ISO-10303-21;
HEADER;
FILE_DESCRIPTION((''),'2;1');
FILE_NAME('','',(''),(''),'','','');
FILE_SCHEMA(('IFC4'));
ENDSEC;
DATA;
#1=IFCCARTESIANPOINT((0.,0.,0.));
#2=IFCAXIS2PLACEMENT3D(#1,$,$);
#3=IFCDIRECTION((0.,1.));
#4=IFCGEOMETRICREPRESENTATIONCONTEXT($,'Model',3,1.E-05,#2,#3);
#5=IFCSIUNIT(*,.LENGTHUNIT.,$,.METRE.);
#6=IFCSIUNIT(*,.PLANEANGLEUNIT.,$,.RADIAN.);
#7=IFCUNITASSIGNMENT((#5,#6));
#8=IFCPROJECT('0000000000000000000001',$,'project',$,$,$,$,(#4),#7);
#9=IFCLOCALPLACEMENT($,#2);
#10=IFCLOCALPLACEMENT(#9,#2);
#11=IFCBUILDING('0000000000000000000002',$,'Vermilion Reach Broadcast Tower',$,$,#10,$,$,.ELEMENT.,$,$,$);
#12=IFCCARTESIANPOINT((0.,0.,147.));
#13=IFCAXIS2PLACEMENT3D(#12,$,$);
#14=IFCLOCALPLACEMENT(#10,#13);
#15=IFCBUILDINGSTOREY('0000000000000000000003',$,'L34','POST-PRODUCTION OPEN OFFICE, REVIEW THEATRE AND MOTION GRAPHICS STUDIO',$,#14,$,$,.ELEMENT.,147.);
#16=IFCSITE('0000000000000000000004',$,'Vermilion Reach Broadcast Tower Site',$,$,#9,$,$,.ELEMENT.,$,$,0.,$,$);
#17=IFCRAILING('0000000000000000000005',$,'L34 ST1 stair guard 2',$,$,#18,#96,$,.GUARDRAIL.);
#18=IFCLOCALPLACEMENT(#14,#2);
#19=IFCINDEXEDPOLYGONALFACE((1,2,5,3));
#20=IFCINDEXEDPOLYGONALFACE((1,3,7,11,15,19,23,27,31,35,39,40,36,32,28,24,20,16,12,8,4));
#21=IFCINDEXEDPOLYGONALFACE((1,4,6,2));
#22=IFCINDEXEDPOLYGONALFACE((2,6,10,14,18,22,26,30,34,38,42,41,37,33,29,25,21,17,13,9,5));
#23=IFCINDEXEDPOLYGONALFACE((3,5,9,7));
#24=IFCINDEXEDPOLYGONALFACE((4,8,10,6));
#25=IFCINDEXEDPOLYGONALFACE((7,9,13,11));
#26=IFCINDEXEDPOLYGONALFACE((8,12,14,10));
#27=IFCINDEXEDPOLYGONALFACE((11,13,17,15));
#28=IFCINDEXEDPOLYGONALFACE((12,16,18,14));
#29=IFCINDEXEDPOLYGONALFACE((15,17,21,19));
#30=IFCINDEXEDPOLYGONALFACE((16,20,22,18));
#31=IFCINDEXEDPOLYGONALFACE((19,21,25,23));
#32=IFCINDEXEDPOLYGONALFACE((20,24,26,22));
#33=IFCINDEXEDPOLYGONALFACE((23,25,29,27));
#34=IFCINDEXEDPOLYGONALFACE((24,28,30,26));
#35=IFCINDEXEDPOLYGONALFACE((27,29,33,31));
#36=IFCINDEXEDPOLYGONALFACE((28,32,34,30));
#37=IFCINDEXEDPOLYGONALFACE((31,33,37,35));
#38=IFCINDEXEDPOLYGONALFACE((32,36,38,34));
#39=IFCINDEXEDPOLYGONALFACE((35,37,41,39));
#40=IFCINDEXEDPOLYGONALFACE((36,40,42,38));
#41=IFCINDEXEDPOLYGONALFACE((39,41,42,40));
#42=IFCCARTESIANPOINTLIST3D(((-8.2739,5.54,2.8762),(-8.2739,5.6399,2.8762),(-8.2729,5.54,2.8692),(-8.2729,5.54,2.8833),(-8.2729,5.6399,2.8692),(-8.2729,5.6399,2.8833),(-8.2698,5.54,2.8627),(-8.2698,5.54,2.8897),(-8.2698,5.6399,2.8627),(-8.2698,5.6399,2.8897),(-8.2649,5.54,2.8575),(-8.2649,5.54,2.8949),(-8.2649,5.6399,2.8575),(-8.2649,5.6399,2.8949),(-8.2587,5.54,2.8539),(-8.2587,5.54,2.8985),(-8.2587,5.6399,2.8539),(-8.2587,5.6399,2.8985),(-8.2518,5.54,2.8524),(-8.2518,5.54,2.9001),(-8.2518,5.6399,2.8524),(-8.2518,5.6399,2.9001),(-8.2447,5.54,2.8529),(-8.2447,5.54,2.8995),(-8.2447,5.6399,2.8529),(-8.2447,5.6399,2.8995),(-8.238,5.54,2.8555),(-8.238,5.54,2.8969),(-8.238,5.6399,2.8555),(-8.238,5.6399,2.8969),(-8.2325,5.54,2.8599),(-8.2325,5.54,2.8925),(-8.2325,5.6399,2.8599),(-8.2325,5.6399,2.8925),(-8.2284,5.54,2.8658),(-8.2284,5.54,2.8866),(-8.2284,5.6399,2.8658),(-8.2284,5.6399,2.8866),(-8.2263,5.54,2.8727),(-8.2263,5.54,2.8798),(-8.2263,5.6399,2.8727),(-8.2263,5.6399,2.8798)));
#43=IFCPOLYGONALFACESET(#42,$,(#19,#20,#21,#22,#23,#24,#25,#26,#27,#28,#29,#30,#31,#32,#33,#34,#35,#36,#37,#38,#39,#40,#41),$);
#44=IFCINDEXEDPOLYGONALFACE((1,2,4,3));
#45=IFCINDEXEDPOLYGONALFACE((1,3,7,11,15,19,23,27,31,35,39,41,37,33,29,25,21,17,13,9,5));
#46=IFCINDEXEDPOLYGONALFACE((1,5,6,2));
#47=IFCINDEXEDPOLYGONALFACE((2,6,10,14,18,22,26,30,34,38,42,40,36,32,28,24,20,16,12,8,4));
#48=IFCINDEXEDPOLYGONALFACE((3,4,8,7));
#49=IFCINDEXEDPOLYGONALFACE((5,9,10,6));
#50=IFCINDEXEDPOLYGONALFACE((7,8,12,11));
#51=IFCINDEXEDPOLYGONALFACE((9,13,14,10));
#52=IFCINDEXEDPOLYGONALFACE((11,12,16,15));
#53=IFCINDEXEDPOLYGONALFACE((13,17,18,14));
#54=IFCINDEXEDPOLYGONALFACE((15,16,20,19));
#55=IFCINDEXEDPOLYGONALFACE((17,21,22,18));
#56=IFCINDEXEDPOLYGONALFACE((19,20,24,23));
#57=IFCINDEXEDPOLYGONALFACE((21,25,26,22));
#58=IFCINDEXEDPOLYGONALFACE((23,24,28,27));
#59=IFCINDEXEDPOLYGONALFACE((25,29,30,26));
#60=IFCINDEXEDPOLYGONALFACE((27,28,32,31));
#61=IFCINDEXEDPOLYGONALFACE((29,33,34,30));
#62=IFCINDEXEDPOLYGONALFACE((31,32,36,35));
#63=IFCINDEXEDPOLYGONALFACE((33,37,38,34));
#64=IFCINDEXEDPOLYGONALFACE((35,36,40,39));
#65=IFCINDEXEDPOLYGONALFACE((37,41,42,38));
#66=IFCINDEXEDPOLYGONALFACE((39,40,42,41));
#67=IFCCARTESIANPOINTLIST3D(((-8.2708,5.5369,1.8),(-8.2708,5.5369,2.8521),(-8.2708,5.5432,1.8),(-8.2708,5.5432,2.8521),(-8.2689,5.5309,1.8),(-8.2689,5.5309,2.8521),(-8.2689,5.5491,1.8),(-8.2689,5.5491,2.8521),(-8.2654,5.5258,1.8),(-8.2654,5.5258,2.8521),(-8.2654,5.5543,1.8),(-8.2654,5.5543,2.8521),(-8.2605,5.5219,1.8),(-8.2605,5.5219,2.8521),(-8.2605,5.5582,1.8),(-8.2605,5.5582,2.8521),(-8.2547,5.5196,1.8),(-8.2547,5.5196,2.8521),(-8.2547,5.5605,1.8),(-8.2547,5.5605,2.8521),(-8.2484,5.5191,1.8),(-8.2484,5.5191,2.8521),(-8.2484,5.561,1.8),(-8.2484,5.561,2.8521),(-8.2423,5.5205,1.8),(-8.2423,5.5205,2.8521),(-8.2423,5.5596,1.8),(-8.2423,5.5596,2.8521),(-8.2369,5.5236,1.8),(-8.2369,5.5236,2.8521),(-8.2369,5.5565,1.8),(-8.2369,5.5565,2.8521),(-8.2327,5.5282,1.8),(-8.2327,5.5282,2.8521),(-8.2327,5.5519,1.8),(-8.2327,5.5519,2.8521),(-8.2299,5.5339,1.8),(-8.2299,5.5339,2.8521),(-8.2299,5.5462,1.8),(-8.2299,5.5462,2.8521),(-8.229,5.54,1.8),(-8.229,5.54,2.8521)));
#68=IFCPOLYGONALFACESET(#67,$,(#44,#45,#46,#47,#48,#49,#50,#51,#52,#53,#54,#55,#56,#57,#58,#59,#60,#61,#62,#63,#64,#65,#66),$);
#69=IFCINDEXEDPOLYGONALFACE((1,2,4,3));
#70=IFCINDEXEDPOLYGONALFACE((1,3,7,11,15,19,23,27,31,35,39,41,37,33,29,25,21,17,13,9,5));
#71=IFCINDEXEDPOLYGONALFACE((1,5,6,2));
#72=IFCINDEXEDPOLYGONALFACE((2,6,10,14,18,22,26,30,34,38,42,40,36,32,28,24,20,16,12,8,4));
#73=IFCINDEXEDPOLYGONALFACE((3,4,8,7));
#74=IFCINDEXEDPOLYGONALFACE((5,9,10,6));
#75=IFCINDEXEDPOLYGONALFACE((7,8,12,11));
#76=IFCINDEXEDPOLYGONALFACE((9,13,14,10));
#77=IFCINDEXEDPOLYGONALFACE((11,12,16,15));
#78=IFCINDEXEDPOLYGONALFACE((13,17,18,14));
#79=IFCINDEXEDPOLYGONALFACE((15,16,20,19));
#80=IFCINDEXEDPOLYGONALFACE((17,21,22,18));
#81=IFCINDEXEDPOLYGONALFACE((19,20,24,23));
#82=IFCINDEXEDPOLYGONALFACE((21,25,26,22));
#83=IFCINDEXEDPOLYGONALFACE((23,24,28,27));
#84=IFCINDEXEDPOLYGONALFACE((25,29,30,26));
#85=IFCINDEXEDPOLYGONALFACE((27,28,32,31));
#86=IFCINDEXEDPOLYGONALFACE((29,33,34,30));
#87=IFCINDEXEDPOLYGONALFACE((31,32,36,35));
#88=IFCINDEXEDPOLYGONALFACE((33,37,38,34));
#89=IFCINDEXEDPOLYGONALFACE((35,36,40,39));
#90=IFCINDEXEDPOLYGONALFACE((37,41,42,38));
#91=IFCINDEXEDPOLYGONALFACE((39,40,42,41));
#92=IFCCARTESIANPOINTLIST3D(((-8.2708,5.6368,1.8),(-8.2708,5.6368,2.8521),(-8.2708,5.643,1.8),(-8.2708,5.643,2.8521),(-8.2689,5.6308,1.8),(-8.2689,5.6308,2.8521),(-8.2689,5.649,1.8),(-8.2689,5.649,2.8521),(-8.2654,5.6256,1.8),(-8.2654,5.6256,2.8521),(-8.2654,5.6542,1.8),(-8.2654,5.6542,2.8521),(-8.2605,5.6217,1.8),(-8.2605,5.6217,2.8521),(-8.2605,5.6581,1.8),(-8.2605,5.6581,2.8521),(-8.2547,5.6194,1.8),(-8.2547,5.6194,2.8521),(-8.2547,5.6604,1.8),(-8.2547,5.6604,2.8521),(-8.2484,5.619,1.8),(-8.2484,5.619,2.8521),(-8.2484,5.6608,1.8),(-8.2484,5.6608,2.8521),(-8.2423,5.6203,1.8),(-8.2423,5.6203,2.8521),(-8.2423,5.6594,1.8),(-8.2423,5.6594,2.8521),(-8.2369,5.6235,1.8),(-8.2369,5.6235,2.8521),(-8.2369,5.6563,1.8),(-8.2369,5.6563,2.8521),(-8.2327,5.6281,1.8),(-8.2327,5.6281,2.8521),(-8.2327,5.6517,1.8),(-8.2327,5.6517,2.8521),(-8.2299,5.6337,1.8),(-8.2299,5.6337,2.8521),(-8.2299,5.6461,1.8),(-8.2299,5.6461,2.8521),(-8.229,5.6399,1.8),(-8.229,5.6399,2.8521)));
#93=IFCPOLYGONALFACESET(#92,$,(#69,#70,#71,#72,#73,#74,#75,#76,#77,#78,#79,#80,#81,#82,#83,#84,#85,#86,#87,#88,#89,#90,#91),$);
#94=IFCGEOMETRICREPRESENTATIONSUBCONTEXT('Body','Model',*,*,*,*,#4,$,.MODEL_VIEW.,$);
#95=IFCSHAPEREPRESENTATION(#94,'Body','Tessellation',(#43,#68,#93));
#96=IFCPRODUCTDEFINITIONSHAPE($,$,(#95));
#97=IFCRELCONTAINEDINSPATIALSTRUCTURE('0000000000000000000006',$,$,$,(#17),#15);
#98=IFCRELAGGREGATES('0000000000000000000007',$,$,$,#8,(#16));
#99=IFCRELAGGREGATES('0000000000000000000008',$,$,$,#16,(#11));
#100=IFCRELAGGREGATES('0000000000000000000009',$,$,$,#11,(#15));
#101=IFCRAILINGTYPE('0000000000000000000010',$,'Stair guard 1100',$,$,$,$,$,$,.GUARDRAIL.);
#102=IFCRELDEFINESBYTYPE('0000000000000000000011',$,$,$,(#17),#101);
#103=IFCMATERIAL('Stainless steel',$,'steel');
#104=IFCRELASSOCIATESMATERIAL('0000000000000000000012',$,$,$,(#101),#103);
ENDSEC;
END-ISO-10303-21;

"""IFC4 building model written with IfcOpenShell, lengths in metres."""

from ifc_helpers import new_model, si_unit, direction, frame, origin, origin_2d, place, context, subcontext, project, spatial, circle, extrude, material, type_object, element, save


model = new_model("IFC4")

# Units and contexts
model_context = context("Model", 3, precision=1e-05, world=origin(), true_north=direction((0.0, 1.0)))
body_context = subcontext(model_context, "Body", "Model", "MODEL_VIEW")
ifc_project = project(units=[si_unit("LENGTHUNIT", "METRE"), si_unit("PLANEANGLEUNIT", "RADIAN")], contexts=[model_context])

# Site, building, storey
site_placement = place(None, origin())
site = spatial("IfcSite", under=ifc_project, at=site_placement, Name="Vermilion Reach Broadcast Tower Site", CompositionType="ELEMENT", RefElevation=0.0)
building_placement = place(site_placement, origin())
building = spatial("IfcBuilding", under=site, at=building_placement, Name="Vermilion Reach Broadcast Tower", CompositionType="ELEMENT")
storey_placement = place(building_placement, frame((0.0, 0.0, 147.0)))
storey = spatial("IfcBuildingStorey", under=building, at=storey_placement, Name="L34", Description="POST-PRODUCTION OPEN OFFICE, REVIEW THEATRE AND MOTION GRAPHICS STUDIO", CompositionType="ELEMENT", Elevation=147.0)

# Railing
ifc_material_1 = material(Name="Stainless steel", Category="steel")
railing_type_1 = type_object("IfcRailingType", Name="Stair guard 1100", PredefinedType="GUARDRAIL", material=ifc_material_1)
railing_1_placement = place(storey_placement, frame((-8.25, 5.54, 1.8)))
element("IfcRailing", 1, at=railing_1_placement, inside=storey, type_object=railing_type_1, Name="L34 ST1 stair guard 2", PredefinedType="GUARDRAIL", context=body_context, shape_type="SweptSolid", body=[
    extrude(circle(Radius=0.0239, at=origin_2d()), frame((0.0, 0.0, 1.0762), z_axis=(0.0, 1.0, 0.0), x_axis=(-1.0, 0.0, 0.0)), (0.0, 0.0, 1.0), 0.0999),
    extrude(circle(Radius=0.021, at=origin_2d()), origin(), (0.0, 0.0, 1.0), 1.052),
    extrude(circle(Radius=0.021, at=origin_2d()), frame((0.0, 0.0999, 0.0)), (0.0, 0.0, 1.0), 1.052),
])

save(model, "model.ifc")
